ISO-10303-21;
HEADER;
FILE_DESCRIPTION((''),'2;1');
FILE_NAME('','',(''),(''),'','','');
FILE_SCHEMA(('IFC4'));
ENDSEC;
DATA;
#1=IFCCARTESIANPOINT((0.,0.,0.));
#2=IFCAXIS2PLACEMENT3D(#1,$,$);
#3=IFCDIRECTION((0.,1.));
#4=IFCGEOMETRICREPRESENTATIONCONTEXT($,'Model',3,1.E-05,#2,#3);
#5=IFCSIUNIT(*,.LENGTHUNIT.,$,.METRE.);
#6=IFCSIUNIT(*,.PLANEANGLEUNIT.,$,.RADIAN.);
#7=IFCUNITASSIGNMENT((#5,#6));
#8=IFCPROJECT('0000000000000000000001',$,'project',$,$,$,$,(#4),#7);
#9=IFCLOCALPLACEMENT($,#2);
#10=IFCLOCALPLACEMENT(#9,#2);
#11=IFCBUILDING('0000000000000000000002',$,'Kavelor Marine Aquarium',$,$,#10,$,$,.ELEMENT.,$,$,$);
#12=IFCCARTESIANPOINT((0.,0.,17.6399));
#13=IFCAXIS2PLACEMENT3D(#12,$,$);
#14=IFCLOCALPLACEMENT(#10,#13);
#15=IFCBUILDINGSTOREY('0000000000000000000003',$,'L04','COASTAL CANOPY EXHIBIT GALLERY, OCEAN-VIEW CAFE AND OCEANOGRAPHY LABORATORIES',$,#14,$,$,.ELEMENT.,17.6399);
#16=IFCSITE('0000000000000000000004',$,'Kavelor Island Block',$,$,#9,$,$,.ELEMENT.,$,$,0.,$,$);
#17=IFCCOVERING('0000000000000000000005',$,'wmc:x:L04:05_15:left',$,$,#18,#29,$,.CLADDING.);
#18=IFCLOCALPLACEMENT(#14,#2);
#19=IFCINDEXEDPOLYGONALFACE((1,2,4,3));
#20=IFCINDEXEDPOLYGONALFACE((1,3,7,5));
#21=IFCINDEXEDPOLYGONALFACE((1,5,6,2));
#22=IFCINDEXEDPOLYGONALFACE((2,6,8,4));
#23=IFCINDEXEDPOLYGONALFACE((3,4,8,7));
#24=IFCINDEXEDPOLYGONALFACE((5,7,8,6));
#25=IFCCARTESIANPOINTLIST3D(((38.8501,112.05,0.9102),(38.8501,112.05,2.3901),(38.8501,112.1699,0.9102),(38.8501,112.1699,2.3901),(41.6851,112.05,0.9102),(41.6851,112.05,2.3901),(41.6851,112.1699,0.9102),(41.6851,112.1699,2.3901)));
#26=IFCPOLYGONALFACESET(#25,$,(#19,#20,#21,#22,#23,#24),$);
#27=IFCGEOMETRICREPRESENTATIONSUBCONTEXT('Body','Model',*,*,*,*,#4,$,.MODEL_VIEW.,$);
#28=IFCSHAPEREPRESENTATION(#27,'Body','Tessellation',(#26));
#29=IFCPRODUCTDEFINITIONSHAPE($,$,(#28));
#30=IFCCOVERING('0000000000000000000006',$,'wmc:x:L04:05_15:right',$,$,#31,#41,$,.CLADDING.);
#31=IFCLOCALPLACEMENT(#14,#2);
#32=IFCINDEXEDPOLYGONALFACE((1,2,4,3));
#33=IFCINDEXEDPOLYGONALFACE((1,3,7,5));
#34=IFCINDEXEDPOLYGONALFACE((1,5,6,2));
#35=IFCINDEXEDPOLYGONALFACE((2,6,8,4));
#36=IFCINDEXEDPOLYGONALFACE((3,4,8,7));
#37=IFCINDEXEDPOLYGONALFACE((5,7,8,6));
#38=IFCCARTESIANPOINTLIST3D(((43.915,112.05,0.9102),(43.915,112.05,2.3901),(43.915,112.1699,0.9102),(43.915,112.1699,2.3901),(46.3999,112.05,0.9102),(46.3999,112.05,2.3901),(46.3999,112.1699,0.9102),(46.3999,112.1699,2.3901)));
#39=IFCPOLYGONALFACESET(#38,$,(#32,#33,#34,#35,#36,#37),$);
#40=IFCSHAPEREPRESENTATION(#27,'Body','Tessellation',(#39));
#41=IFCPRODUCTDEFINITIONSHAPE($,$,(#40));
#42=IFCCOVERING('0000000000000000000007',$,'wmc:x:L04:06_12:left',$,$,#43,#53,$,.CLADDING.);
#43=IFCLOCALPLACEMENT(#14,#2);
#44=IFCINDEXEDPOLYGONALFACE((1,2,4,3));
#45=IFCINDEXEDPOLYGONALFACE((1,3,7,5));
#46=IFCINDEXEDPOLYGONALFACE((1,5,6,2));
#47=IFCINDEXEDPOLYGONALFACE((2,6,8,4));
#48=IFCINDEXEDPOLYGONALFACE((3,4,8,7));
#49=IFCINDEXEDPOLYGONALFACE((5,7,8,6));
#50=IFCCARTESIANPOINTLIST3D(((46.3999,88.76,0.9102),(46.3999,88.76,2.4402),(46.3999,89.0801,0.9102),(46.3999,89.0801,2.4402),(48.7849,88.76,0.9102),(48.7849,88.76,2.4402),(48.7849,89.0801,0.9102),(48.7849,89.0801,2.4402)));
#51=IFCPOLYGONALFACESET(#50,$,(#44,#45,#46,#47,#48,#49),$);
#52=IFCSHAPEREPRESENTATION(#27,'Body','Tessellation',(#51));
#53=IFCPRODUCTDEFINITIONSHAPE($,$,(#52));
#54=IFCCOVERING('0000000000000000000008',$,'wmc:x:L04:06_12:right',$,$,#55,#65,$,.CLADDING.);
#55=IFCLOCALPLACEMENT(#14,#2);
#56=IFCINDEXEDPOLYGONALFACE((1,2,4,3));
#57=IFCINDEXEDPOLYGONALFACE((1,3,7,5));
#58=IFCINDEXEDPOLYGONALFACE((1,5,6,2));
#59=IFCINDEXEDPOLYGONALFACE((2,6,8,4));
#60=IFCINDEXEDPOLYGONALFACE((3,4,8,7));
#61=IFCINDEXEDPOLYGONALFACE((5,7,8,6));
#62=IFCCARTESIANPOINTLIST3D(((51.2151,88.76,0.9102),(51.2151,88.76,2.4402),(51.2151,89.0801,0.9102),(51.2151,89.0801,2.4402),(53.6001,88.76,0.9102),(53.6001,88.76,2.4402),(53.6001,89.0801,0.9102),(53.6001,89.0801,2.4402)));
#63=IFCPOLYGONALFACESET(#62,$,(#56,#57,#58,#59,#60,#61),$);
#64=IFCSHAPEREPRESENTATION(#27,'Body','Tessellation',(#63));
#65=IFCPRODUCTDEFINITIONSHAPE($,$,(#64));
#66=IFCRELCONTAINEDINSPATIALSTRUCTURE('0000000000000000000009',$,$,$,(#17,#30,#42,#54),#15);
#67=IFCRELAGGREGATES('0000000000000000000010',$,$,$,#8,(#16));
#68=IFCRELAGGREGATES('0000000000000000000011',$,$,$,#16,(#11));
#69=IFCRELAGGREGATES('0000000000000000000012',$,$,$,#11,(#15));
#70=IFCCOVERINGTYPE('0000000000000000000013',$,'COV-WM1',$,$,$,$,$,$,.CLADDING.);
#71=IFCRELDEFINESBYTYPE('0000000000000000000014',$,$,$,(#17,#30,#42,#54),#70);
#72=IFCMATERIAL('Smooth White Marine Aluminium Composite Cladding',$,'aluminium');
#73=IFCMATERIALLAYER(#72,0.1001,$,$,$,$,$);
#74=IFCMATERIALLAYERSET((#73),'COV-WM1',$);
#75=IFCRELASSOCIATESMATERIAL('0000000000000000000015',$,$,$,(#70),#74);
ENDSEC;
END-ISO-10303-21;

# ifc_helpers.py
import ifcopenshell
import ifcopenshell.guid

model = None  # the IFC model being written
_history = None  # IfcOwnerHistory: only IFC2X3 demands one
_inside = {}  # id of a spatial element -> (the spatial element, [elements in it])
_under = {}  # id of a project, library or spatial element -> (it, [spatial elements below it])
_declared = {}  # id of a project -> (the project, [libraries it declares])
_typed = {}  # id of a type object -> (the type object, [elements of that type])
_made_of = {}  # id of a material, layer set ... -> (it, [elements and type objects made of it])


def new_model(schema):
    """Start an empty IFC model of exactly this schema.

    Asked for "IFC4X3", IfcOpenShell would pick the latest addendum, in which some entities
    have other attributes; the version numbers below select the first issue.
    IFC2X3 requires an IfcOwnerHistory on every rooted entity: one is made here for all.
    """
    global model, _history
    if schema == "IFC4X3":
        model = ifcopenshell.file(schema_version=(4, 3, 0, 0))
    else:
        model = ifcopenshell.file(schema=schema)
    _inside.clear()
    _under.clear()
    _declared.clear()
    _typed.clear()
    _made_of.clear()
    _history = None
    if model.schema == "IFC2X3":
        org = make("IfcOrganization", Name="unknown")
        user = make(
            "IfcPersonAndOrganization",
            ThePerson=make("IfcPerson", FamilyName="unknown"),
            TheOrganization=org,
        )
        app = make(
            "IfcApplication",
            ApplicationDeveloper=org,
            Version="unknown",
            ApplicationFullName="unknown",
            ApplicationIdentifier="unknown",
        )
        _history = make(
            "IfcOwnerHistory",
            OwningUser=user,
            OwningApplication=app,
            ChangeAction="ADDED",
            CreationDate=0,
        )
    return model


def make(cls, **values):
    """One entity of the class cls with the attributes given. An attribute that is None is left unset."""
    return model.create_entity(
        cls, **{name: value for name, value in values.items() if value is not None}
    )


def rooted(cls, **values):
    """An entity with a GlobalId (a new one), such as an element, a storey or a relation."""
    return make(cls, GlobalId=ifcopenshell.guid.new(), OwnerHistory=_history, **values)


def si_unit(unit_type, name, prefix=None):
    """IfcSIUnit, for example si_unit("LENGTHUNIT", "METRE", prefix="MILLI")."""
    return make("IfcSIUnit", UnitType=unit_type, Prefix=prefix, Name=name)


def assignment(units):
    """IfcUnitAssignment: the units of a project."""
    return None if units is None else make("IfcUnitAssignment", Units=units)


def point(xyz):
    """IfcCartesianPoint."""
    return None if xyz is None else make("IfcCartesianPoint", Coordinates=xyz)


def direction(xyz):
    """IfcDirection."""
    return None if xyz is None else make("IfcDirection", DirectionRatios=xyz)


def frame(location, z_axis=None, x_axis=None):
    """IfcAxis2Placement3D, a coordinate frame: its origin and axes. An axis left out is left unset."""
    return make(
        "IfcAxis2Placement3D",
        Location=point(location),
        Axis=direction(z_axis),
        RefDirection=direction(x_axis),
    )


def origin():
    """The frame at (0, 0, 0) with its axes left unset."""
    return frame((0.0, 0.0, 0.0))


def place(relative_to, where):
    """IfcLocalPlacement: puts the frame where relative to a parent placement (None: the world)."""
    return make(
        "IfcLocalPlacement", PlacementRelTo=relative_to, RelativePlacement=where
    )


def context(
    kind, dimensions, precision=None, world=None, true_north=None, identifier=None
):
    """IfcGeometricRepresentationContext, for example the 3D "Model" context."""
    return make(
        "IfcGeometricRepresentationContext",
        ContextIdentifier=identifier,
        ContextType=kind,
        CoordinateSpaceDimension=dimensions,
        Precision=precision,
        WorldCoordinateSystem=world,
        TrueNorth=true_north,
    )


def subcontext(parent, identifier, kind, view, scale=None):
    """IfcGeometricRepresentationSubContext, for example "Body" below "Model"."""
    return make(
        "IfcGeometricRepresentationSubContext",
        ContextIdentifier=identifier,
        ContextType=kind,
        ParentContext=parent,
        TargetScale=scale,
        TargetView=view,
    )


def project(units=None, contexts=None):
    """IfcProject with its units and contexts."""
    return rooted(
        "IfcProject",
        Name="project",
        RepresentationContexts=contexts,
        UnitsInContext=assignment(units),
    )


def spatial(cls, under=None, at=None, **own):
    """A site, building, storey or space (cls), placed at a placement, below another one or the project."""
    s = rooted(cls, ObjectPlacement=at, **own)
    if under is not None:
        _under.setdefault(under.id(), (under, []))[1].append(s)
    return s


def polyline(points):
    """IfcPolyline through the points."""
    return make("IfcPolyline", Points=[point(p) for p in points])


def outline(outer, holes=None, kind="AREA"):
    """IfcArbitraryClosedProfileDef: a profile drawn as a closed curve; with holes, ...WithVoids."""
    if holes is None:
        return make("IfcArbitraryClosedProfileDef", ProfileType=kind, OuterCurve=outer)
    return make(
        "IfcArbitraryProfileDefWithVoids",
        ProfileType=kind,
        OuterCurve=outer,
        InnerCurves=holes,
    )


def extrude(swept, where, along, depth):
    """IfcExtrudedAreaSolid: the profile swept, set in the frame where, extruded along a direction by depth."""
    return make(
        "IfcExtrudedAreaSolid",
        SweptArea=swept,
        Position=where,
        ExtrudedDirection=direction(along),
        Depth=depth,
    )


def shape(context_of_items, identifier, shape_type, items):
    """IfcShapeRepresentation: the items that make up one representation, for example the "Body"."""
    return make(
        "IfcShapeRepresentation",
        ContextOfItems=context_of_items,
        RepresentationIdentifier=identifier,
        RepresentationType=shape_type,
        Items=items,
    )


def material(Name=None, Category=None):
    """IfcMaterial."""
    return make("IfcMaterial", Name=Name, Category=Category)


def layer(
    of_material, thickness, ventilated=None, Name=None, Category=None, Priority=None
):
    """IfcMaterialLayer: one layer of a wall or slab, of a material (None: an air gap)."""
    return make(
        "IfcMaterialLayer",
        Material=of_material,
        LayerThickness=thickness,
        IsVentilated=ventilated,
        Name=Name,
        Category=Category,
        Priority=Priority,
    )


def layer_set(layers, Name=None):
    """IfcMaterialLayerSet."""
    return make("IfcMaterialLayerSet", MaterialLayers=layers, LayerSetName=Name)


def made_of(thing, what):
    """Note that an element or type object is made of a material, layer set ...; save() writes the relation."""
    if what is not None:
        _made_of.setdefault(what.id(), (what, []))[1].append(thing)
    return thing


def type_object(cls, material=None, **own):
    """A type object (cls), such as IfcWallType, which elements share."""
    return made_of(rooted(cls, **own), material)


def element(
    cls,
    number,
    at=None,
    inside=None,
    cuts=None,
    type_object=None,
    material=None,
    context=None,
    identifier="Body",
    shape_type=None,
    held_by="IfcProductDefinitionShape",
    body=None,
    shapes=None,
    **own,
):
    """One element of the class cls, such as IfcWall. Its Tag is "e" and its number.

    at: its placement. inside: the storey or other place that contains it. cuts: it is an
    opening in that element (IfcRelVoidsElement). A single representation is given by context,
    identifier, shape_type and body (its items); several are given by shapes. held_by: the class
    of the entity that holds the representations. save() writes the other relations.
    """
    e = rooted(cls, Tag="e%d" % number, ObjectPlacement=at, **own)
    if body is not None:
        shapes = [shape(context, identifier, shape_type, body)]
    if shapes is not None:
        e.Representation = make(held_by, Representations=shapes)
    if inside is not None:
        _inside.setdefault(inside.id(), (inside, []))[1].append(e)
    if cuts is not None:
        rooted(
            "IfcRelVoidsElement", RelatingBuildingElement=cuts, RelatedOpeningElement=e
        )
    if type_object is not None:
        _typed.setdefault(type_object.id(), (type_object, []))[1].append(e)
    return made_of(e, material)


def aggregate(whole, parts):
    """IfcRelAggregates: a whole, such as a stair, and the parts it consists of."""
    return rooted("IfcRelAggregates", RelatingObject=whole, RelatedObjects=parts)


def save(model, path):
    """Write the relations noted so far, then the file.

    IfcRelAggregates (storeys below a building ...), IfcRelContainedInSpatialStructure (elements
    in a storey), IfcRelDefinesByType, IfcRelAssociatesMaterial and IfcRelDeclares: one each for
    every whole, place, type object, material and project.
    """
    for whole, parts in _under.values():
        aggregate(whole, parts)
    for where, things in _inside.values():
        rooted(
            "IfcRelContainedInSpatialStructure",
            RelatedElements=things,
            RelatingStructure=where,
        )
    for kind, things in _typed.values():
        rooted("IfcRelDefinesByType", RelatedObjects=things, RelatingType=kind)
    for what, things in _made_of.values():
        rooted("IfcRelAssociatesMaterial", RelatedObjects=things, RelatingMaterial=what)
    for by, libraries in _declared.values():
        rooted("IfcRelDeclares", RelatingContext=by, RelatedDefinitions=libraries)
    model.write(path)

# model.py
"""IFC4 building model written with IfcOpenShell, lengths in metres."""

from ifc_helpers import new_model, si_unit, direction, frame, origin, place, context, subcontext, project, spatial, polyline, outline, extrude, material, layer, layer_set, type_object, element, save


model = new_model("IFC4")

# Units and contexts
model_context = context("Model", 3, precision=1e-05, world=origin(), true_north=direction((0.0, 1.0)))
body_context = subcontext(model_context, "Body", "Model", "MODEL_VIEW")
ifc_project = project(units=[si_unit("LENGTHUNIT", "METRE"), si_unit("PLANEANGLEUNIT", "RADIAN")], contexts=[model_context])

# Site, building, storey
site_placement = place(None, origin())
site = spatial("IfcSite", under=ifc_project, at=site_placement, Name="Kavelor Island Block", CompositionType="ELEMENT", RefElevation=0.0)
building_placement = place(site_placement, origin())
building = spatial("IfcBuilding", under=site, at=building_placement, Name="Kavelor Marine Aquarium", CompositionType="ELEMENT")
storey_placement = place(building_placement, frame((0.0, 0.0, 17.6399)))
storey = spatial("IfcBuildingStorey", under=building, at=storey_placement, Name="L04", Description="COASTAL CANOPY EXHIBIT GALLERY, OCEAN-VIEW CAFE AND OCEANOGRAPHY LABORATORIES", CompositionType="ELEMENT", Elevation=17.6399)

# Coverings
ifc_material_1 = material(Name="Smooth White Marine Aluminium Composite Cladding", Category="aluminium")
ifc_layer_1 = layer(ifc_material_1, 0.1001)
ifc_layer_set_1 = layer_set([ifc_layer_1], Name="COV-WM1")
covering_type = type_object("IfcCoveringType", Name="COV-WM1", PredefinedType="CLADDING", material=ifc_layer_set_1)
covering_1_placement = place(storey_placement, frame((0.0, 0.0, 0.9102)))
element("IfcCovering", 1, at=covering_1_placement, inside=storey, type_object=covering_type, Name="wmc:x:L04:05_15:left", PredefinedType="CLADDING", context=body_context, shape_type="SweptSolid", body=[
    extrude(outline(polyline([(38.8501, 112.05), (41.6851, 112.05), (41.6851, 112.1699), (38.8501, 112.1699), (38.8501, 112.05)])), origin(), (0.0, 0.0, 1.0), 1.48),
])
covering_2_placement = place(storey_placement, frame((0.0, 0.0, 0.9102)))
element("IfcCovering", 2, at=covering_2_placement, inside=storey, type_object=covering_type, Name="wmc:x:L04:05_15:right", PredefinedType="CLADDING", context=body_context, shape_type="SweptSolid", body=[
    extrude(outline(polyline([(43.915, 112.05), (46.3999, 112.05), (46.3999, 112.1699), (43.915, 112.1699), (43.915, 112.05)])), origin(), (0.0, 0.0, 1.0), 1.48),
])
covering_3_placement = place(storey_placement, frame((0.0, 0.0, 0.9102)))
element("IfcCovering", 3, at=covering_3_placement, inside=storey, type_object=covering_type, Name="wmc:x:L04:06_12:left", PredefinedType="CLADDING", context=body_context, shape_type="SweptSolid", body=[
    extrude(outline(polyline([(46.3999, 88.76), (48.7849, 88.76), (48.7849, 89.0801), (46.3999, 89.0801), (46.3999, 88.76)])), origin(), (0.0, 0.0, 1.0), 1.53),
])
covering_4_placement = place(storey_placement, frame((0.0, 0.0, 0.9102)))
element("IfcCovering", 4, at=covering_4_placement, inside=storey, type_object=covering_type, Name="wmc:x:L04:06_12:right", PredefinedType="CLADDING", context=body_context, shape_type="SweptSolid", body=[
    extrude(outline(polyline([(51.2151, 88.76), (53.6001, 88.76), (53.6001, 89.0801), (51.2151, 89.0801), (51.2151, 88.76)])), origin(), (0.0, 0.0, 1.0), 1.53),
])

save(model, "model.ifc")
